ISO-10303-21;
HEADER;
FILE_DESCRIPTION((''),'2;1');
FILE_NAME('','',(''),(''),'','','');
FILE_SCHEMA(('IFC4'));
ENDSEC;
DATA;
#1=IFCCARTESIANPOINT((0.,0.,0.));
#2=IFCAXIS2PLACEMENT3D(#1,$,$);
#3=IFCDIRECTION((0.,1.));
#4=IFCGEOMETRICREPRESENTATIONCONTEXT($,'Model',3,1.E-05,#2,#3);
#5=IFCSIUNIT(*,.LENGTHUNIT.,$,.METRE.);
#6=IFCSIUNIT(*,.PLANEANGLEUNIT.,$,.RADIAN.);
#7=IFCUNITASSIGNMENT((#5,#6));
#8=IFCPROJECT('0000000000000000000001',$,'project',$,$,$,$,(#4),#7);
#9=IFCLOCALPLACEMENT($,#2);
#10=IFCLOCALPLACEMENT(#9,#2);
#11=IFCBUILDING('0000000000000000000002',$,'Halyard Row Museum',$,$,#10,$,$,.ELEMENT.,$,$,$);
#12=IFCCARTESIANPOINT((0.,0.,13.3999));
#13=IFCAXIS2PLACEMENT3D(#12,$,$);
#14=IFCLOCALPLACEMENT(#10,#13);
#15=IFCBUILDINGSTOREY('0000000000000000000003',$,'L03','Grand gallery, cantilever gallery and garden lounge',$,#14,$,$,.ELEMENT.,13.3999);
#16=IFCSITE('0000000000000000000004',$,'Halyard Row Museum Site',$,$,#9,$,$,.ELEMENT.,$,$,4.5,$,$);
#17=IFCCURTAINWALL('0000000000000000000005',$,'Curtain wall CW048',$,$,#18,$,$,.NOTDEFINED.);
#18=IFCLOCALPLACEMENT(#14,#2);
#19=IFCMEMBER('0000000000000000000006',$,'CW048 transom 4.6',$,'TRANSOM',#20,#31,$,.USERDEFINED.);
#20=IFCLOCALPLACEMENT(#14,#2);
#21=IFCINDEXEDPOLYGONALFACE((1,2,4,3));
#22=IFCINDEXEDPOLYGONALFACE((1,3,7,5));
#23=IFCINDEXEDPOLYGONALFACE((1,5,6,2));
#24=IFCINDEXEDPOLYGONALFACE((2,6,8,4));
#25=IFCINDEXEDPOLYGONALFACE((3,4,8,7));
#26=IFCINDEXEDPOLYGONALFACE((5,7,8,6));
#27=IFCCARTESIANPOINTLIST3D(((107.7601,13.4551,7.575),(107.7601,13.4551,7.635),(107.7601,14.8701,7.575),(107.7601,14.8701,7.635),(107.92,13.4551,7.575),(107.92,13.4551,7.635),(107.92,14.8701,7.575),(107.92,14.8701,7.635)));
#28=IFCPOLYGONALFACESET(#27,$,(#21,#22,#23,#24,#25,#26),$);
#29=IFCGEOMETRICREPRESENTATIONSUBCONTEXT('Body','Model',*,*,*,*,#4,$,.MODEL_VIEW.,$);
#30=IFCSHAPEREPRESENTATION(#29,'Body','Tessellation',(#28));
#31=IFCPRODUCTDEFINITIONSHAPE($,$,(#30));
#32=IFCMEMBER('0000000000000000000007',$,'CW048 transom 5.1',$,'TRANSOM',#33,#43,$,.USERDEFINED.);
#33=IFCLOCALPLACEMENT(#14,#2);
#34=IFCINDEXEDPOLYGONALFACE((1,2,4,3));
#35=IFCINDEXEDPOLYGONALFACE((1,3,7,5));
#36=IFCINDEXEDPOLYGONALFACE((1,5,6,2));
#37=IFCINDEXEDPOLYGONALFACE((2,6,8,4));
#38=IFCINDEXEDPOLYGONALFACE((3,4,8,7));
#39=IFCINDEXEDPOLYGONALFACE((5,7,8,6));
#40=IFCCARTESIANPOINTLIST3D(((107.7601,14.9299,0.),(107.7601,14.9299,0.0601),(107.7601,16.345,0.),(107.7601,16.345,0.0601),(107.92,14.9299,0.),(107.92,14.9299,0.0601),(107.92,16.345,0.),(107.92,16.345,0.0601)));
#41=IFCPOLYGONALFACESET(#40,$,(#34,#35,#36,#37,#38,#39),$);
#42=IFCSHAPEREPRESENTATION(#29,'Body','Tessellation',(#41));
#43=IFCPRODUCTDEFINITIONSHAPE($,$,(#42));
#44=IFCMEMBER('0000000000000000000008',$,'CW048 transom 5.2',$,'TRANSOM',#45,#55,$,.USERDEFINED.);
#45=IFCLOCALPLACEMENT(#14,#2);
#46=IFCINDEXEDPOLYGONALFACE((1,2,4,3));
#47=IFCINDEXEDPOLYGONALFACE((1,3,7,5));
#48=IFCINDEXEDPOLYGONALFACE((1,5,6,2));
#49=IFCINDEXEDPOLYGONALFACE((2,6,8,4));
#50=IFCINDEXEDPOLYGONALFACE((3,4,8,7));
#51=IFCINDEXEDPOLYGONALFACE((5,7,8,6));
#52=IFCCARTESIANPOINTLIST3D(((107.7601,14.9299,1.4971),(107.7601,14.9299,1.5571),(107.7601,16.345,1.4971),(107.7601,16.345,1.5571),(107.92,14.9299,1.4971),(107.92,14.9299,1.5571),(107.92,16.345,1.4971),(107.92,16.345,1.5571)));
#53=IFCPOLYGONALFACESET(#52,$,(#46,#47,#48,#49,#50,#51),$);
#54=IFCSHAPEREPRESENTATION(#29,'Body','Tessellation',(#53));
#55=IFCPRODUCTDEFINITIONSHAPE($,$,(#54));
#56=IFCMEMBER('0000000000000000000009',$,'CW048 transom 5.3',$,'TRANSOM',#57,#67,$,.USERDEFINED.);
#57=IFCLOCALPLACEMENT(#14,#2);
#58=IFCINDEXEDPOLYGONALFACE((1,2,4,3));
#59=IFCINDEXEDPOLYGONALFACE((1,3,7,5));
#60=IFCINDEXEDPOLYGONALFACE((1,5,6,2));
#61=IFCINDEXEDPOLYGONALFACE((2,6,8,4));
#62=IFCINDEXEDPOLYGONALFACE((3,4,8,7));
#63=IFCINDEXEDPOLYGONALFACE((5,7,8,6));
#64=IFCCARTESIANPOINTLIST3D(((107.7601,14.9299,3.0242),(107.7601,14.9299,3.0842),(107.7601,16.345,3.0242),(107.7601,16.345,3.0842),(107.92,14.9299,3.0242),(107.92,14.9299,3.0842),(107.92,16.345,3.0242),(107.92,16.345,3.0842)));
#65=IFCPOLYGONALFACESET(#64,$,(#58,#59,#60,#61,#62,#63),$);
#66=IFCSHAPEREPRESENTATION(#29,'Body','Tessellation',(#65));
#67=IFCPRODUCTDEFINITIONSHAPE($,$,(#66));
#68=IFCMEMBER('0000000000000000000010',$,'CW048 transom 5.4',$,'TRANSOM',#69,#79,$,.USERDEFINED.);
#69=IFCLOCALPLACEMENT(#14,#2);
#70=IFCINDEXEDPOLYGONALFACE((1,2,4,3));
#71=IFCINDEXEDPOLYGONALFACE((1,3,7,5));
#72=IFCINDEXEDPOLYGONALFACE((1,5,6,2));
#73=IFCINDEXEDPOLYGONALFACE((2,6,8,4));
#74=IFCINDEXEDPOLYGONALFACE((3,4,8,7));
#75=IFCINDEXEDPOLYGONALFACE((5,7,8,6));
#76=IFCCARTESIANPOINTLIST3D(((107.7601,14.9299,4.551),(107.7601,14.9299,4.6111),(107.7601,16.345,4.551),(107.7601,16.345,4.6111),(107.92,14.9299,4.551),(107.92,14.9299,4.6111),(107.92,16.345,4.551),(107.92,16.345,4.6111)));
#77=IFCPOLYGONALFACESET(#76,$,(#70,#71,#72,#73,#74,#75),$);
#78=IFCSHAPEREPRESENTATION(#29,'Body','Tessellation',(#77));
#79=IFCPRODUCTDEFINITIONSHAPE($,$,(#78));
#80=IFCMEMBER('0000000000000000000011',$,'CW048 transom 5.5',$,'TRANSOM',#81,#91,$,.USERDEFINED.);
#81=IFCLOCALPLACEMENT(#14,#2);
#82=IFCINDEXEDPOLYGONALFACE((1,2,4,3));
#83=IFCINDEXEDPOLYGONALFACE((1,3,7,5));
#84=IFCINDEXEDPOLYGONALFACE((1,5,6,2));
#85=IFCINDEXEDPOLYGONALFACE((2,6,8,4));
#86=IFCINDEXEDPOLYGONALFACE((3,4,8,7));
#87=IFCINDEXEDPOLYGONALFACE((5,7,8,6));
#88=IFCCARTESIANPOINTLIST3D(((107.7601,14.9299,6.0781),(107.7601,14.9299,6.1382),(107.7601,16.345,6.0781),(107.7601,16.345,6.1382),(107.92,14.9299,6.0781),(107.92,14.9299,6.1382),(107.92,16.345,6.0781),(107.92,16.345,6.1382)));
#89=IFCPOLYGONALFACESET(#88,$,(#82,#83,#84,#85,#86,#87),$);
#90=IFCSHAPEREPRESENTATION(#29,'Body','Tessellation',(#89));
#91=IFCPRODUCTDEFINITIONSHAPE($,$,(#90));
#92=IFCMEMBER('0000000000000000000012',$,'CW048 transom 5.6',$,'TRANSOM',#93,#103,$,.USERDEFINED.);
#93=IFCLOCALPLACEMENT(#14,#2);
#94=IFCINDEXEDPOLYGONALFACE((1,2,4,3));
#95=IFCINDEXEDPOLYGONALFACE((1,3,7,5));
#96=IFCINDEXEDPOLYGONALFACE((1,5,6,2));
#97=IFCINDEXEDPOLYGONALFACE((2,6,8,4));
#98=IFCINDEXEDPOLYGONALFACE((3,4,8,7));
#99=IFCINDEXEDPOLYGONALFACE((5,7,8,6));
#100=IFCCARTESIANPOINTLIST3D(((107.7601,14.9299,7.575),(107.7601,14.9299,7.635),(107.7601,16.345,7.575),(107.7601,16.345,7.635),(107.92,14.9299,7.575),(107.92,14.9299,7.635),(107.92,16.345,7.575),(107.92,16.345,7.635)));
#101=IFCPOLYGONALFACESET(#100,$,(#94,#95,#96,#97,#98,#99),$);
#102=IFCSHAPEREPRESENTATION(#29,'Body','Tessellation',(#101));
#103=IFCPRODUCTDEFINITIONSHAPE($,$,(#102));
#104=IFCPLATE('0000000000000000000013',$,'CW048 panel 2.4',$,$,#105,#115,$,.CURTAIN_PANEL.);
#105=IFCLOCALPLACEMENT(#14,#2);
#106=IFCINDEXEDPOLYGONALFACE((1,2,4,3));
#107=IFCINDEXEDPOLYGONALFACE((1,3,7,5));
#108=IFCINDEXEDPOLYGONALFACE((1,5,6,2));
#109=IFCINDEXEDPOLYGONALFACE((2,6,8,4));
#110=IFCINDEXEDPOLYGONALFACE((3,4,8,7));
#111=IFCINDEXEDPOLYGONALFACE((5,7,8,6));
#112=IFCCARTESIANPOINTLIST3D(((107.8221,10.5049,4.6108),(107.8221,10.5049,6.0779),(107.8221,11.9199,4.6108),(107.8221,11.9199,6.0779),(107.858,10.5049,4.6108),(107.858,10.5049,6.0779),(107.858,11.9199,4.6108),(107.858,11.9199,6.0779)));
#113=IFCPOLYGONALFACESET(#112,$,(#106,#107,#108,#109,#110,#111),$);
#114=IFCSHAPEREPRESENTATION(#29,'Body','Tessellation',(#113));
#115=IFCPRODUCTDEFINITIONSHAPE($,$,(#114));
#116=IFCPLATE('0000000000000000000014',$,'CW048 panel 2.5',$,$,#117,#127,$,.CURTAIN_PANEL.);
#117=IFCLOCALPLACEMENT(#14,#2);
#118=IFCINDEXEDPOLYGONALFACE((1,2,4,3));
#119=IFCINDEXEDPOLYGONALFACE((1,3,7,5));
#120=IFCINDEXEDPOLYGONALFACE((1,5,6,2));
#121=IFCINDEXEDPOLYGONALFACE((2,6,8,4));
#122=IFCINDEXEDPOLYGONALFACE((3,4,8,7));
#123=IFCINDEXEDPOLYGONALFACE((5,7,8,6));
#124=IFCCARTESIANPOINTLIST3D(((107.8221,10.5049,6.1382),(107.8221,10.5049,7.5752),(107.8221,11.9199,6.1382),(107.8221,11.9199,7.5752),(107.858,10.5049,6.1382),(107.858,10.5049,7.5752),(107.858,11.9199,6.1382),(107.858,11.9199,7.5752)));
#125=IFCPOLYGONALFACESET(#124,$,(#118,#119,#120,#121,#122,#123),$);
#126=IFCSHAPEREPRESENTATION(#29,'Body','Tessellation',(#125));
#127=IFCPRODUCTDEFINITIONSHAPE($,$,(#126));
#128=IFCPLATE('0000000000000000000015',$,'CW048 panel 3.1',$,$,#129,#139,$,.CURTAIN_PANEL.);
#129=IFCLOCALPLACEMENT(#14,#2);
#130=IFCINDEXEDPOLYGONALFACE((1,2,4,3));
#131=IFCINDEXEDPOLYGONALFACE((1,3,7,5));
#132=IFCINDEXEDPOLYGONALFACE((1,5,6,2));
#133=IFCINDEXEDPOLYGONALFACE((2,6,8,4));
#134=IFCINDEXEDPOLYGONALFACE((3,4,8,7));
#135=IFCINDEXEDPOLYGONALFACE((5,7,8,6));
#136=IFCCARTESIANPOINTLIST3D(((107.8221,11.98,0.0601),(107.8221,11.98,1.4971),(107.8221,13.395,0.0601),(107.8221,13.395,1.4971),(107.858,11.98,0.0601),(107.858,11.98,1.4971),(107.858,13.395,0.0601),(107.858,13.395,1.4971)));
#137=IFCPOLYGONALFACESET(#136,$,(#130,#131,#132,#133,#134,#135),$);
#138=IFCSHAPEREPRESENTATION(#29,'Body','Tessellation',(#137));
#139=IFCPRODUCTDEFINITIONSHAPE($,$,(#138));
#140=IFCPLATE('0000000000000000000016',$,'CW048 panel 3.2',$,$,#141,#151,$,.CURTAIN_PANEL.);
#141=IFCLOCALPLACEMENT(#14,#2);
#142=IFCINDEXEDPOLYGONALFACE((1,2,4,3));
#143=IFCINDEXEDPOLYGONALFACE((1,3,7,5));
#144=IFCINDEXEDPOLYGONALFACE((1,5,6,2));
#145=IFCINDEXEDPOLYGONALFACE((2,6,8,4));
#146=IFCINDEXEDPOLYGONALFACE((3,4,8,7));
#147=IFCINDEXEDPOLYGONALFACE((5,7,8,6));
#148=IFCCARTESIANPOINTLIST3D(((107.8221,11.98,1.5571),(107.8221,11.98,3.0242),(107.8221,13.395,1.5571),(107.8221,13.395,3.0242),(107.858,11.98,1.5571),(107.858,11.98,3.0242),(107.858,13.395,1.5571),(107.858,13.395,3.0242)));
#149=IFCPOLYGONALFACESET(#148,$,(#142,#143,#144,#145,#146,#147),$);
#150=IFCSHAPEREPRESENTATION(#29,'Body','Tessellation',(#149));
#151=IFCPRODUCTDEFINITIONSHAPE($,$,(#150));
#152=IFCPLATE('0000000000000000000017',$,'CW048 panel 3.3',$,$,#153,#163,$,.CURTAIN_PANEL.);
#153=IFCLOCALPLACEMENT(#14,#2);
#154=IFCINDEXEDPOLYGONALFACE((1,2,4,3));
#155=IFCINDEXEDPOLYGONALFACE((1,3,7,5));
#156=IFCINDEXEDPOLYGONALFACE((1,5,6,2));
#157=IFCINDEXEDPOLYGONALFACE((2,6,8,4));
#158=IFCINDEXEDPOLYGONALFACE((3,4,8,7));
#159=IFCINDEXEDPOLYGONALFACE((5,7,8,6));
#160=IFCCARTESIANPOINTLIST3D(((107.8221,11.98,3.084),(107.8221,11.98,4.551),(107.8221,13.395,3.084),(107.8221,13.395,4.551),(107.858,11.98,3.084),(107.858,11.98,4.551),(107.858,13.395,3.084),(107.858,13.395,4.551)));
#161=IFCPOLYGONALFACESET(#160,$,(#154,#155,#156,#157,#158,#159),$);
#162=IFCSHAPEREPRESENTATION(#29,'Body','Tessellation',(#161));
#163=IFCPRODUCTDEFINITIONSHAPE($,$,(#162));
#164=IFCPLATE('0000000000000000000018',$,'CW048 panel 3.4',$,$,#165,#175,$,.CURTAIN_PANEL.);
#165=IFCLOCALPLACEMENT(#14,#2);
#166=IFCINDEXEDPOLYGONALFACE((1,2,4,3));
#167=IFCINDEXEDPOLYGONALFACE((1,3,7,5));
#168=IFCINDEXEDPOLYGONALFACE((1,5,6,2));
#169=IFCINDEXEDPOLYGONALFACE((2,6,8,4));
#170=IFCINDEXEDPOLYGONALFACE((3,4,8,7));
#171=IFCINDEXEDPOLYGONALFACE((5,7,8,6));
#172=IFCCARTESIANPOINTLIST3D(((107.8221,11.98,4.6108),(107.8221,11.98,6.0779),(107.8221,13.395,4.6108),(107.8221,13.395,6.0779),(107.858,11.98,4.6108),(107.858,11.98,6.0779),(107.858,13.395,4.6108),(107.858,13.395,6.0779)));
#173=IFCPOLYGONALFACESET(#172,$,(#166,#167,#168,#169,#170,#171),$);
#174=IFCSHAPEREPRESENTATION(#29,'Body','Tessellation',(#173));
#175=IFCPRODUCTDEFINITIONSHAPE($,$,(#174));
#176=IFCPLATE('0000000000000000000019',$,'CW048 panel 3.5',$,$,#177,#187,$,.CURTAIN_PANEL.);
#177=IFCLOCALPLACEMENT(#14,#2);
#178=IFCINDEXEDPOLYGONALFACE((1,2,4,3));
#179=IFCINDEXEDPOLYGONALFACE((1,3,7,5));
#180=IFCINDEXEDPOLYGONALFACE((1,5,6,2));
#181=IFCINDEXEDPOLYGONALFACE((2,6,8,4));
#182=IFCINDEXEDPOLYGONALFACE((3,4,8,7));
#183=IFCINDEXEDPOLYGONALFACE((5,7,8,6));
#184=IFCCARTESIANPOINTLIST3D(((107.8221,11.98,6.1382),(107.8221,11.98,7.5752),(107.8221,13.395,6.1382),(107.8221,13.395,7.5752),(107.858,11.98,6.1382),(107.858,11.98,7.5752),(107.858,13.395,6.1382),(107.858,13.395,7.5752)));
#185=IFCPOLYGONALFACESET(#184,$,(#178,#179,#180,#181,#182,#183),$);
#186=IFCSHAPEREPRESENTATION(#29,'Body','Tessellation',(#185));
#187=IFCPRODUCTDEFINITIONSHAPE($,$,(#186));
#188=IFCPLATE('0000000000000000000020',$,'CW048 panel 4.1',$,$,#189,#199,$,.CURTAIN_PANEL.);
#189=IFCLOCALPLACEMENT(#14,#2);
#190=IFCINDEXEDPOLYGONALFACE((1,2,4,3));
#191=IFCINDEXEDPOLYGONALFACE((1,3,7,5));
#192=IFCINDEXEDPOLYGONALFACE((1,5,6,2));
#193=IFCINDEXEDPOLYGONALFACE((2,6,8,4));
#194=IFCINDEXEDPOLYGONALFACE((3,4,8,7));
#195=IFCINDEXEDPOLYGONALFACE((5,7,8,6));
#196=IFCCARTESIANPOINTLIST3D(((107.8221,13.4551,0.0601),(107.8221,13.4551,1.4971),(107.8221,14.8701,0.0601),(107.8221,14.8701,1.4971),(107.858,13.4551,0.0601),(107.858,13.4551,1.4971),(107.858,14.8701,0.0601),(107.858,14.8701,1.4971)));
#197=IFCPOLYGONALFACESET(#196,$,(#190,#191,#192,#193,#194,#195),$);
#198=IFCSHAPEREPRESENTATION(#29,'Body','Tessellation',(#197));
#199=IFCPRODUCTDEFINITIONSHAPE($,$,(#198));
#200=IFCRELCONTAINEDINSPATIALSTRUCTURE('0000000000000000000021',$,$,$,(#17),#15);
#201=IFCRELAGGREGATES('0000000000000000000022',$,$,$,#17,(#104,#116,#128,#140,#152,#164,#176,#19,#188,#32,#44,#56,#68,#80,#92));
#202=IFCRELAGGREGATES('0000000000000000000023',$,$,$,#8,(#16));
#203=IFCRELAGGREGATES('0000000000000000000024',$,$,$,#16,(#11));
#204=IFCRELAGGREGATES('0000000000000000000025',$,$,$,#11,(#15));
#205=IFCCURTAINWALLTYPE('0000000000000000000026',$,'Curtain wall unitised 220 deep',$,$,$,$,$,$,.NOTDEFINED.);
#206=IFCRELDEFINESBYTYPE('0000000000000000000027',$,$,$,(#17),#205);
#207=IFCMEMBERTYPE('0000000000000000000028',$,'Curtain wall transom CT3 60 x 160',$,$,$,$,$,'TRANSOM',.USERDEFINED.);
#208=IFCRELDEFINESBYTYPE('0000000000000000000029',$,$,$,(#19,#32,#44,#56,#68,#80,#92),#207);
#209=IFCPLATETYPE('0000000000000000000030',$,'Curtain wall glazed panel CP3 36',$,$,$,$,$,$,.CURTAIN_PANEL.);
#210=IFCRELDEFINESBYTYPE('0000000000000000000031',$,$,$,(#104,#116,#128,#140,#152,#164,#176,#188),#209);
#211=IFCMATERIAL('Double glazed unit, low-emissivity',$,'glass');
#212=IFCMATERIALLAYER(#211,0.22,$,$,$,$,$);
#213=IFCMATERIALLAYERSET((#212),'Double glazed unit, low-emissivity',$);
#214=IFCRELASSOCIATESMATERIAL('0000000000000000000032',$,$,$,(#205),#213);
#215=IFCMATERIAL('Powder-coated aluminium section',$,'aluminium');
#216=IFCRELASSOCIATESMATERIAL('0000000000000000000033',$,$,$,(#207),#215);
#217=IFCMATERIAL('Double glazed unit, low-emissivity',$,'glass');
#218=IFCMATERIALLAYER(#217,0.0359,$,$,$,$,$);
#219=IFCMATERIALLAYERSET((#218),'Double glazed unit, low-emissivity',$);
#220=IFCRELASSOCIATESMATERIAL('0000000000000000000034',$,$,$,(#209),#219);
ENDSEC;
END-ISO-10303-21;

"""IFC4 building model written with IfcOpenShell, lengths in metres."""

from ifc_helpers import new_model, si_unit, direction, frame, origin, origin_2d, place, context, subcontext, project, spatial, rectangle, extrude, material, layer, layer_set, material_profile, profile_set, type_object, element, aggregate, save


model = new_model("IFC4")

# Units and contexts
model_context = context("Model", 3, precision=1e-05, world=origin(), true_north=direction((0.0, 1.0)))
body_context = subcontext(model_context, "Body", "Model", "MODEL_VIEW")
ifc_project = project(units=[si_unit("LENGTHUNIT", "METRE"), si_unit("PLANEANGLEUNIT", "RADIAN")], contexts=[model_context])

# Site, building, storey
site_placement = place(None, origin())
site = spatial("IfcSite", under=ifc_project, at=site_placement, Name="Halyard Row Museum Site", CompositionType="ELEMENT", RefElevation=4.5)
building_placement = place(site_placement, origin())
building = spatial("IfcBuilding", under=site, at=building_placement, Name="Halyard Row Museum", CompositionType="ELEMENT")
storey_placement = place(building_placement, frame((0.0, 0.0, 13.3999)))
storey = spatial("IfcBuildingStorey", under=building, at=storey_placement, Name="L03", Description="Grand gallery, cantilever gallery and garden lounge", CompositionType="ELEMENT", Elevation=13.3999)

# Curtain wall, members, plates
ifc_material_1 = material(Name="Double glazed unit, low-emissivity", Category="glass")
ifc_layer_1 = layer(ifc_material_1, 0.22)
ifc_layer_set_1 = layer_set([ifc_layer_1], Name="Double glazed unit, low-emissivity")
curtain_wall_type = type_object("IfcCurtainWallType", Name="Curtain wall unitised 220 deep", PredefinedType="NOTDEFINED", material=ifc_layer_set_1)
curtain_wall_placement = place(storey_placement, origin())
curtain_wall = element("IfcCurtainWall", 1, at=curtain_wall_placement, inside=storey, type_object=curtain_wall_type, Name="Curtain wall CW048", PredefinedType="NOTDEFINED")
ifc_material_2 = material(Name="Powder-coated aluminium section", Category="aluminium")
ifc_material_profile_1 = material_profile(ifc_material_2, rectangle(XDim=0.1599, YDim=0.0601, at=origin_2d()), Name="160x60 transom")
ifc_profile_set_1 = profile_set([ifc_material_profile_1], Name="Powder-coated aluminium section")
member_type_1 = type_object("IfcMemberType", Name="Curtain wall transom CT3 60 x 160", ElementType="TRANSOM", PredefinedType="USERDEFINED", material=ifc_profile_set_1)
member_1_placement = place(storey_placement, frame((107.8401, 13.4551, 7.605), z_axis=(0.0, 1.0, 0.0), x_axis=(-1.0, 0.0, 0.0)))
member_1 = element("IfcMember", 2, at=member_1_placement, type_object=member_type_1, Name="CW048 transom 4.6", ObjectType="TRANSOM", PredefinedType="USERDEFINED", context=body_context, shape_type="SweptSolid", body=[
    extrude(rectangle(XDim=0.1599, YDim=0.0601, at=origin_2d()), origin(), (0.0, 0.0, 1.0), 1.415),
])
member_2_placement = place(storey_placement, frame((107.8401, 14.9299, 0.03), z_axis=(0.0, 1.0, 0.0), x_axis=(-1.0, 0.0, 0.0)))
member_2 = element("IfcMember", 3, at=member_2_placement, type_object=member_type_1, Name="CW048 transom 5.1", ObjectType="TRANSOM", PredefinedType="USERDEFINED", context=body_context, shape_type="SweptSolid", body=[
    extrude(rectangle(XDim=0.1599, YDim=0.0601, at=origin_2d()), origin(), (0.0, 0.0, 1.0), 1.415),
])
member_3_placement = place(storey_placement, frame((107.8401, 14.9299, 1.5271), z_axis=(0.0, 1.0, 0.0), x_axis=(-1.0, 0.0, 0.0)))
member_3 = element("IfcMember", 4, at=member_3_placement, type_object=member_type_1, Name="CW048 transom 5.2", ObjectType="TRANSOM", PredefinedType="USERDEFINED", context=body_context, shape_type="SweptSolid", body=[
    extrude(rectangle(XDim=0.1599, YDim=0.0601, at=origin_2d()), origin(), (0.0, 0.0, 1.0), 1.415),
])
member_4_placement = place(storey_placement, frame((107.8401, 14.9299, 3.0542), z_axis=(0.0, 1.0, 0.0), x_axis=(-1.0, 0.0, 0.0)))
member_4 = element("IfcMember", 5, at=member_4_placement, type_object=member_type_1, Name="CW048 transom 5.3", ObjectType="TRANSOM", PredefinedType="USERDEFINED", context=body_context, shape_type="SweptSolid", body=[
    extrude(rectangle(XDim=0.1599, YDim=0.0601, at=origin_2d()), origin(), (0.0, 0.0, 1.0), 1.415),
])
member_5_placement = place(storey_placement, frame((107.8401, 14.9299, 4.5811), z_axis=(0.0, 1.0, 0.0), x_axis=(-1.0, 0.0, 0.0)))
member_5 = element("IfcMember", 6, at=member_5_placement, type_object=member_type_1, Name="CW048 transom 5.4", ObjectType="TRANSOM", PredefinedType="USERDEFINED", context=body_context, shape_type="SweptSolid", body=[
    extrude(rectangle(XDim=0.1599, YDim=0.0601, at=origin_2d()), origin(), (0.0, 0.0, 1.0), 1.415),
])
member_6_placement = place(storey_placement, frame((107.8401, 14.9299, 6.1082), z_axis=(0.0, 1.0, 0.0), x_axis=(-1.0, 0.0, 0.0)))
member_6 = element("IfcMember", 7, at=member_6_placement, type_object=member_type_1, Name="CW048 transom 5.5", ObjectType="TRANSOM", PredefinedType="USERDEFINED", context=body_context, shape_type="SweptSolid", body=[
    extrude(rectangle(XDim=0.1599, YDim=0.0601, at=origin_2d()), origin(), (0.0, 0.0, 1.0), 1.415),
])
member_7_placement = place(storey_placement, frame((107.8401, 14.9299, 7.605), z_axis=(0.0, 1.0, 0.0), x_axis=(-1.0, 0.0, 0.0)))
member_7 = element("IfcMember", 8, at=member_7_placement, type_object=member_type_1, Name="CW048 transom 5.6", ObjectType="TRANSOM", PredefinedType="USERDEFINED", context=body_context, shape_type="SweptSolid", body=[
    extrude(rectangle(XDim=0.1599, YDim=0.0601, at=origin_2d()), origin(), (0.0, 0.0, 1.0), 1.415),
])
ifc_material_3 = material(Name="Double glazed unit, low-emissivity", Category="glass")
ifc_layer_2 = layer(ifc_material_3, 0.0359)
ifc_layer_set_2 = layer_set([ifc_layer_2], Name="Double glazed unit, low-emissivity")
plate_type = type_object("IfcPlateType", Name="Curtain wall glazed panel CP3 36", PredefinedType="CURTAIN_PANEL", material=ifc_layer_set_2)
plate_1_placement = place(storey_placement, frame((107.8401, 11.2124, 4.6108), z_axis=(0.0, 0.0, 1.0), x_axis=(0.0, 1.0, 0.0)))
plate_1 = element("IfcPlate", 9, at=plate_1_placement, type_object=plate_type, Name="CW048 panel 2.4", PredefinedType="CURTAIN_PANEL", context=body_context, shape_type="SweptSolid", body=[
    extrude(rectangle(XDim=1.415, YDim=0.0359, at=origin_2d()), origin(), (0.0, 0.0, 1.0), 1.467),
])
plate_2_placement = place(storey_placement, frame((107.8401, 11.2124, 6.1382), z_axis=(0.0, 0.0, 1.0), x_axis=(0.0, 1.0, 0.0)))
plate_2 = element("IfcPlate", 10, at=plate_2_placement, type_object=plate_type, Name="CW048 panel 2.5", PredefinedType="CURTAIN_PANEL", context=body_context, shape_type="SweptSolid", body=[
    extrude(rectangle(XDim=1.415, YDim=0.0359, at=origin_2d()), origin(), (0.0, 0.0, 1.0), 1.437),
])
plate_3_placement = place(storey_placement, frame((107.8401, 12.6875, 0.0601), z_axis=(0.0, 0.0, 1.0), x_axis=(0.0, 1.0, 0.0)))
plate_3 = element("IfcPlate", 11, at=plate_3_placement, type_object=plate_type, Name="CW048 panel 3.1", PredefinedType="CURTAIN_PANEL", context=body_context, shape_type="SweptSolid", body=[
    extrude(rectangle(XDim=1.415, YDim=0.0359, at=origin_2d()), origin(), (0.0, 0.0, 1.0), 1.437),
])
plate_4_placement = place(storey_placement, frame((107.8401, 12.6875, 1.5571), z_axis=(0.0, 0.0, 1.0), x_axis=(0.0, 1.0, 0.0)))
plate_4 = element("IfcPlate", 12, at=plate_4_placement, type_object=plate_type, Name="CW048 panel 3.2", PredefinedType="CURTAIN_PANEL", context=body_context, shape_type="SweptSolid", body=[
    extrude(rectangle(XDim=1.415, YDim=0.0359, at=origin_2d()), origin(), (0.0, 0.0, 1.0), 1.467),
])
plate_5_placement = place(storey_placement, frame((107.8401, 12.6875, 3.084), z_axis=(0.0, 0.0, 1.0), x_axis=(0.0, 1.0, 0.0)))
plate_5 = element("IfcPlate", 13, at=plate_5_placement, type_object=plate_type, Name="CW048 panel 3.3", PredefinedType="CURTAIN_PANEL", context=body_context, shape_type="SweptSolid", body=[
    extrude(rectangle(XDim=1.415, YDim=0.0359, at=origin_2d()), origin(), (0.0, 0.0, 1.0), 1.467),
])
plate_6_placement = place(storey_placement, frame((107.8401, 12.6875, 4.6108), z_axis=(0.0, 0.0, 1.0), x_axis=(0.0, 1.0, 0.0)))
plate_6 = element("IfcPlate", 14, at=plate_6_placement, type_object=plate_type, Name="CW048 panel 3.4", PredefinedType="CURTAIN_PANEL", context=body_context, shape_type="SweptSolid", body=[
    extrude(rectangle(XDim=1.415, YDim=0.0359, at=origin_2d()), origin(), (0.0, 0.0, 1.0), 1.467),
])
plate_7_placement = place(storey_placement, frame((107.8401, 12.6875, 6.1382), z_axis=(0.0, 0.0, 1.0), x_axis=(0.0, 1.0, 0.0)))
plate_7 = element("IfcPlate", 15, at=plate_7_placement, type_object=plate_type, Name="CW048 panel 3.5", PredefinedType="CURTAIN_PANEL", context=body_context, shape_type="SweptSolid", body=[
    extrude(rectangle(XDim=1.415, YDim=0.0359, at=origin_2d()), origin(), (0.0, 0.0, 1.0), 1.437),
])
plate_8_placement = place(storey_placement, frame((107.8401, 14.1626, 0.0601), z_axis=(0.0, 0.0, 1.0), x_axis=(0.0, 1.0, 0.0)))
plate_8 = element("IfcPlate", 16, at=plate_8_placement, type_object=plate_type, Name="CW048 panel 4.1", PredefinedType="CURTAIN_PANEL", context=body_context, shape_type="SweptSolid", body=[
    extrude(rectangle(XDim=1.415, YDim=0.0359, at=origin_2d()), origin(), (0.0, 0.0, 1.0), 1.437),
])
aggregate(curtain_wall, [plate_1, plate_2, plate_3, plate_4, plate_5, plate_6, plate_7, member_1, plate_8, member_2, member_3, member_4, member_5, member_6, member_7])

save(model, "model.ifc")
